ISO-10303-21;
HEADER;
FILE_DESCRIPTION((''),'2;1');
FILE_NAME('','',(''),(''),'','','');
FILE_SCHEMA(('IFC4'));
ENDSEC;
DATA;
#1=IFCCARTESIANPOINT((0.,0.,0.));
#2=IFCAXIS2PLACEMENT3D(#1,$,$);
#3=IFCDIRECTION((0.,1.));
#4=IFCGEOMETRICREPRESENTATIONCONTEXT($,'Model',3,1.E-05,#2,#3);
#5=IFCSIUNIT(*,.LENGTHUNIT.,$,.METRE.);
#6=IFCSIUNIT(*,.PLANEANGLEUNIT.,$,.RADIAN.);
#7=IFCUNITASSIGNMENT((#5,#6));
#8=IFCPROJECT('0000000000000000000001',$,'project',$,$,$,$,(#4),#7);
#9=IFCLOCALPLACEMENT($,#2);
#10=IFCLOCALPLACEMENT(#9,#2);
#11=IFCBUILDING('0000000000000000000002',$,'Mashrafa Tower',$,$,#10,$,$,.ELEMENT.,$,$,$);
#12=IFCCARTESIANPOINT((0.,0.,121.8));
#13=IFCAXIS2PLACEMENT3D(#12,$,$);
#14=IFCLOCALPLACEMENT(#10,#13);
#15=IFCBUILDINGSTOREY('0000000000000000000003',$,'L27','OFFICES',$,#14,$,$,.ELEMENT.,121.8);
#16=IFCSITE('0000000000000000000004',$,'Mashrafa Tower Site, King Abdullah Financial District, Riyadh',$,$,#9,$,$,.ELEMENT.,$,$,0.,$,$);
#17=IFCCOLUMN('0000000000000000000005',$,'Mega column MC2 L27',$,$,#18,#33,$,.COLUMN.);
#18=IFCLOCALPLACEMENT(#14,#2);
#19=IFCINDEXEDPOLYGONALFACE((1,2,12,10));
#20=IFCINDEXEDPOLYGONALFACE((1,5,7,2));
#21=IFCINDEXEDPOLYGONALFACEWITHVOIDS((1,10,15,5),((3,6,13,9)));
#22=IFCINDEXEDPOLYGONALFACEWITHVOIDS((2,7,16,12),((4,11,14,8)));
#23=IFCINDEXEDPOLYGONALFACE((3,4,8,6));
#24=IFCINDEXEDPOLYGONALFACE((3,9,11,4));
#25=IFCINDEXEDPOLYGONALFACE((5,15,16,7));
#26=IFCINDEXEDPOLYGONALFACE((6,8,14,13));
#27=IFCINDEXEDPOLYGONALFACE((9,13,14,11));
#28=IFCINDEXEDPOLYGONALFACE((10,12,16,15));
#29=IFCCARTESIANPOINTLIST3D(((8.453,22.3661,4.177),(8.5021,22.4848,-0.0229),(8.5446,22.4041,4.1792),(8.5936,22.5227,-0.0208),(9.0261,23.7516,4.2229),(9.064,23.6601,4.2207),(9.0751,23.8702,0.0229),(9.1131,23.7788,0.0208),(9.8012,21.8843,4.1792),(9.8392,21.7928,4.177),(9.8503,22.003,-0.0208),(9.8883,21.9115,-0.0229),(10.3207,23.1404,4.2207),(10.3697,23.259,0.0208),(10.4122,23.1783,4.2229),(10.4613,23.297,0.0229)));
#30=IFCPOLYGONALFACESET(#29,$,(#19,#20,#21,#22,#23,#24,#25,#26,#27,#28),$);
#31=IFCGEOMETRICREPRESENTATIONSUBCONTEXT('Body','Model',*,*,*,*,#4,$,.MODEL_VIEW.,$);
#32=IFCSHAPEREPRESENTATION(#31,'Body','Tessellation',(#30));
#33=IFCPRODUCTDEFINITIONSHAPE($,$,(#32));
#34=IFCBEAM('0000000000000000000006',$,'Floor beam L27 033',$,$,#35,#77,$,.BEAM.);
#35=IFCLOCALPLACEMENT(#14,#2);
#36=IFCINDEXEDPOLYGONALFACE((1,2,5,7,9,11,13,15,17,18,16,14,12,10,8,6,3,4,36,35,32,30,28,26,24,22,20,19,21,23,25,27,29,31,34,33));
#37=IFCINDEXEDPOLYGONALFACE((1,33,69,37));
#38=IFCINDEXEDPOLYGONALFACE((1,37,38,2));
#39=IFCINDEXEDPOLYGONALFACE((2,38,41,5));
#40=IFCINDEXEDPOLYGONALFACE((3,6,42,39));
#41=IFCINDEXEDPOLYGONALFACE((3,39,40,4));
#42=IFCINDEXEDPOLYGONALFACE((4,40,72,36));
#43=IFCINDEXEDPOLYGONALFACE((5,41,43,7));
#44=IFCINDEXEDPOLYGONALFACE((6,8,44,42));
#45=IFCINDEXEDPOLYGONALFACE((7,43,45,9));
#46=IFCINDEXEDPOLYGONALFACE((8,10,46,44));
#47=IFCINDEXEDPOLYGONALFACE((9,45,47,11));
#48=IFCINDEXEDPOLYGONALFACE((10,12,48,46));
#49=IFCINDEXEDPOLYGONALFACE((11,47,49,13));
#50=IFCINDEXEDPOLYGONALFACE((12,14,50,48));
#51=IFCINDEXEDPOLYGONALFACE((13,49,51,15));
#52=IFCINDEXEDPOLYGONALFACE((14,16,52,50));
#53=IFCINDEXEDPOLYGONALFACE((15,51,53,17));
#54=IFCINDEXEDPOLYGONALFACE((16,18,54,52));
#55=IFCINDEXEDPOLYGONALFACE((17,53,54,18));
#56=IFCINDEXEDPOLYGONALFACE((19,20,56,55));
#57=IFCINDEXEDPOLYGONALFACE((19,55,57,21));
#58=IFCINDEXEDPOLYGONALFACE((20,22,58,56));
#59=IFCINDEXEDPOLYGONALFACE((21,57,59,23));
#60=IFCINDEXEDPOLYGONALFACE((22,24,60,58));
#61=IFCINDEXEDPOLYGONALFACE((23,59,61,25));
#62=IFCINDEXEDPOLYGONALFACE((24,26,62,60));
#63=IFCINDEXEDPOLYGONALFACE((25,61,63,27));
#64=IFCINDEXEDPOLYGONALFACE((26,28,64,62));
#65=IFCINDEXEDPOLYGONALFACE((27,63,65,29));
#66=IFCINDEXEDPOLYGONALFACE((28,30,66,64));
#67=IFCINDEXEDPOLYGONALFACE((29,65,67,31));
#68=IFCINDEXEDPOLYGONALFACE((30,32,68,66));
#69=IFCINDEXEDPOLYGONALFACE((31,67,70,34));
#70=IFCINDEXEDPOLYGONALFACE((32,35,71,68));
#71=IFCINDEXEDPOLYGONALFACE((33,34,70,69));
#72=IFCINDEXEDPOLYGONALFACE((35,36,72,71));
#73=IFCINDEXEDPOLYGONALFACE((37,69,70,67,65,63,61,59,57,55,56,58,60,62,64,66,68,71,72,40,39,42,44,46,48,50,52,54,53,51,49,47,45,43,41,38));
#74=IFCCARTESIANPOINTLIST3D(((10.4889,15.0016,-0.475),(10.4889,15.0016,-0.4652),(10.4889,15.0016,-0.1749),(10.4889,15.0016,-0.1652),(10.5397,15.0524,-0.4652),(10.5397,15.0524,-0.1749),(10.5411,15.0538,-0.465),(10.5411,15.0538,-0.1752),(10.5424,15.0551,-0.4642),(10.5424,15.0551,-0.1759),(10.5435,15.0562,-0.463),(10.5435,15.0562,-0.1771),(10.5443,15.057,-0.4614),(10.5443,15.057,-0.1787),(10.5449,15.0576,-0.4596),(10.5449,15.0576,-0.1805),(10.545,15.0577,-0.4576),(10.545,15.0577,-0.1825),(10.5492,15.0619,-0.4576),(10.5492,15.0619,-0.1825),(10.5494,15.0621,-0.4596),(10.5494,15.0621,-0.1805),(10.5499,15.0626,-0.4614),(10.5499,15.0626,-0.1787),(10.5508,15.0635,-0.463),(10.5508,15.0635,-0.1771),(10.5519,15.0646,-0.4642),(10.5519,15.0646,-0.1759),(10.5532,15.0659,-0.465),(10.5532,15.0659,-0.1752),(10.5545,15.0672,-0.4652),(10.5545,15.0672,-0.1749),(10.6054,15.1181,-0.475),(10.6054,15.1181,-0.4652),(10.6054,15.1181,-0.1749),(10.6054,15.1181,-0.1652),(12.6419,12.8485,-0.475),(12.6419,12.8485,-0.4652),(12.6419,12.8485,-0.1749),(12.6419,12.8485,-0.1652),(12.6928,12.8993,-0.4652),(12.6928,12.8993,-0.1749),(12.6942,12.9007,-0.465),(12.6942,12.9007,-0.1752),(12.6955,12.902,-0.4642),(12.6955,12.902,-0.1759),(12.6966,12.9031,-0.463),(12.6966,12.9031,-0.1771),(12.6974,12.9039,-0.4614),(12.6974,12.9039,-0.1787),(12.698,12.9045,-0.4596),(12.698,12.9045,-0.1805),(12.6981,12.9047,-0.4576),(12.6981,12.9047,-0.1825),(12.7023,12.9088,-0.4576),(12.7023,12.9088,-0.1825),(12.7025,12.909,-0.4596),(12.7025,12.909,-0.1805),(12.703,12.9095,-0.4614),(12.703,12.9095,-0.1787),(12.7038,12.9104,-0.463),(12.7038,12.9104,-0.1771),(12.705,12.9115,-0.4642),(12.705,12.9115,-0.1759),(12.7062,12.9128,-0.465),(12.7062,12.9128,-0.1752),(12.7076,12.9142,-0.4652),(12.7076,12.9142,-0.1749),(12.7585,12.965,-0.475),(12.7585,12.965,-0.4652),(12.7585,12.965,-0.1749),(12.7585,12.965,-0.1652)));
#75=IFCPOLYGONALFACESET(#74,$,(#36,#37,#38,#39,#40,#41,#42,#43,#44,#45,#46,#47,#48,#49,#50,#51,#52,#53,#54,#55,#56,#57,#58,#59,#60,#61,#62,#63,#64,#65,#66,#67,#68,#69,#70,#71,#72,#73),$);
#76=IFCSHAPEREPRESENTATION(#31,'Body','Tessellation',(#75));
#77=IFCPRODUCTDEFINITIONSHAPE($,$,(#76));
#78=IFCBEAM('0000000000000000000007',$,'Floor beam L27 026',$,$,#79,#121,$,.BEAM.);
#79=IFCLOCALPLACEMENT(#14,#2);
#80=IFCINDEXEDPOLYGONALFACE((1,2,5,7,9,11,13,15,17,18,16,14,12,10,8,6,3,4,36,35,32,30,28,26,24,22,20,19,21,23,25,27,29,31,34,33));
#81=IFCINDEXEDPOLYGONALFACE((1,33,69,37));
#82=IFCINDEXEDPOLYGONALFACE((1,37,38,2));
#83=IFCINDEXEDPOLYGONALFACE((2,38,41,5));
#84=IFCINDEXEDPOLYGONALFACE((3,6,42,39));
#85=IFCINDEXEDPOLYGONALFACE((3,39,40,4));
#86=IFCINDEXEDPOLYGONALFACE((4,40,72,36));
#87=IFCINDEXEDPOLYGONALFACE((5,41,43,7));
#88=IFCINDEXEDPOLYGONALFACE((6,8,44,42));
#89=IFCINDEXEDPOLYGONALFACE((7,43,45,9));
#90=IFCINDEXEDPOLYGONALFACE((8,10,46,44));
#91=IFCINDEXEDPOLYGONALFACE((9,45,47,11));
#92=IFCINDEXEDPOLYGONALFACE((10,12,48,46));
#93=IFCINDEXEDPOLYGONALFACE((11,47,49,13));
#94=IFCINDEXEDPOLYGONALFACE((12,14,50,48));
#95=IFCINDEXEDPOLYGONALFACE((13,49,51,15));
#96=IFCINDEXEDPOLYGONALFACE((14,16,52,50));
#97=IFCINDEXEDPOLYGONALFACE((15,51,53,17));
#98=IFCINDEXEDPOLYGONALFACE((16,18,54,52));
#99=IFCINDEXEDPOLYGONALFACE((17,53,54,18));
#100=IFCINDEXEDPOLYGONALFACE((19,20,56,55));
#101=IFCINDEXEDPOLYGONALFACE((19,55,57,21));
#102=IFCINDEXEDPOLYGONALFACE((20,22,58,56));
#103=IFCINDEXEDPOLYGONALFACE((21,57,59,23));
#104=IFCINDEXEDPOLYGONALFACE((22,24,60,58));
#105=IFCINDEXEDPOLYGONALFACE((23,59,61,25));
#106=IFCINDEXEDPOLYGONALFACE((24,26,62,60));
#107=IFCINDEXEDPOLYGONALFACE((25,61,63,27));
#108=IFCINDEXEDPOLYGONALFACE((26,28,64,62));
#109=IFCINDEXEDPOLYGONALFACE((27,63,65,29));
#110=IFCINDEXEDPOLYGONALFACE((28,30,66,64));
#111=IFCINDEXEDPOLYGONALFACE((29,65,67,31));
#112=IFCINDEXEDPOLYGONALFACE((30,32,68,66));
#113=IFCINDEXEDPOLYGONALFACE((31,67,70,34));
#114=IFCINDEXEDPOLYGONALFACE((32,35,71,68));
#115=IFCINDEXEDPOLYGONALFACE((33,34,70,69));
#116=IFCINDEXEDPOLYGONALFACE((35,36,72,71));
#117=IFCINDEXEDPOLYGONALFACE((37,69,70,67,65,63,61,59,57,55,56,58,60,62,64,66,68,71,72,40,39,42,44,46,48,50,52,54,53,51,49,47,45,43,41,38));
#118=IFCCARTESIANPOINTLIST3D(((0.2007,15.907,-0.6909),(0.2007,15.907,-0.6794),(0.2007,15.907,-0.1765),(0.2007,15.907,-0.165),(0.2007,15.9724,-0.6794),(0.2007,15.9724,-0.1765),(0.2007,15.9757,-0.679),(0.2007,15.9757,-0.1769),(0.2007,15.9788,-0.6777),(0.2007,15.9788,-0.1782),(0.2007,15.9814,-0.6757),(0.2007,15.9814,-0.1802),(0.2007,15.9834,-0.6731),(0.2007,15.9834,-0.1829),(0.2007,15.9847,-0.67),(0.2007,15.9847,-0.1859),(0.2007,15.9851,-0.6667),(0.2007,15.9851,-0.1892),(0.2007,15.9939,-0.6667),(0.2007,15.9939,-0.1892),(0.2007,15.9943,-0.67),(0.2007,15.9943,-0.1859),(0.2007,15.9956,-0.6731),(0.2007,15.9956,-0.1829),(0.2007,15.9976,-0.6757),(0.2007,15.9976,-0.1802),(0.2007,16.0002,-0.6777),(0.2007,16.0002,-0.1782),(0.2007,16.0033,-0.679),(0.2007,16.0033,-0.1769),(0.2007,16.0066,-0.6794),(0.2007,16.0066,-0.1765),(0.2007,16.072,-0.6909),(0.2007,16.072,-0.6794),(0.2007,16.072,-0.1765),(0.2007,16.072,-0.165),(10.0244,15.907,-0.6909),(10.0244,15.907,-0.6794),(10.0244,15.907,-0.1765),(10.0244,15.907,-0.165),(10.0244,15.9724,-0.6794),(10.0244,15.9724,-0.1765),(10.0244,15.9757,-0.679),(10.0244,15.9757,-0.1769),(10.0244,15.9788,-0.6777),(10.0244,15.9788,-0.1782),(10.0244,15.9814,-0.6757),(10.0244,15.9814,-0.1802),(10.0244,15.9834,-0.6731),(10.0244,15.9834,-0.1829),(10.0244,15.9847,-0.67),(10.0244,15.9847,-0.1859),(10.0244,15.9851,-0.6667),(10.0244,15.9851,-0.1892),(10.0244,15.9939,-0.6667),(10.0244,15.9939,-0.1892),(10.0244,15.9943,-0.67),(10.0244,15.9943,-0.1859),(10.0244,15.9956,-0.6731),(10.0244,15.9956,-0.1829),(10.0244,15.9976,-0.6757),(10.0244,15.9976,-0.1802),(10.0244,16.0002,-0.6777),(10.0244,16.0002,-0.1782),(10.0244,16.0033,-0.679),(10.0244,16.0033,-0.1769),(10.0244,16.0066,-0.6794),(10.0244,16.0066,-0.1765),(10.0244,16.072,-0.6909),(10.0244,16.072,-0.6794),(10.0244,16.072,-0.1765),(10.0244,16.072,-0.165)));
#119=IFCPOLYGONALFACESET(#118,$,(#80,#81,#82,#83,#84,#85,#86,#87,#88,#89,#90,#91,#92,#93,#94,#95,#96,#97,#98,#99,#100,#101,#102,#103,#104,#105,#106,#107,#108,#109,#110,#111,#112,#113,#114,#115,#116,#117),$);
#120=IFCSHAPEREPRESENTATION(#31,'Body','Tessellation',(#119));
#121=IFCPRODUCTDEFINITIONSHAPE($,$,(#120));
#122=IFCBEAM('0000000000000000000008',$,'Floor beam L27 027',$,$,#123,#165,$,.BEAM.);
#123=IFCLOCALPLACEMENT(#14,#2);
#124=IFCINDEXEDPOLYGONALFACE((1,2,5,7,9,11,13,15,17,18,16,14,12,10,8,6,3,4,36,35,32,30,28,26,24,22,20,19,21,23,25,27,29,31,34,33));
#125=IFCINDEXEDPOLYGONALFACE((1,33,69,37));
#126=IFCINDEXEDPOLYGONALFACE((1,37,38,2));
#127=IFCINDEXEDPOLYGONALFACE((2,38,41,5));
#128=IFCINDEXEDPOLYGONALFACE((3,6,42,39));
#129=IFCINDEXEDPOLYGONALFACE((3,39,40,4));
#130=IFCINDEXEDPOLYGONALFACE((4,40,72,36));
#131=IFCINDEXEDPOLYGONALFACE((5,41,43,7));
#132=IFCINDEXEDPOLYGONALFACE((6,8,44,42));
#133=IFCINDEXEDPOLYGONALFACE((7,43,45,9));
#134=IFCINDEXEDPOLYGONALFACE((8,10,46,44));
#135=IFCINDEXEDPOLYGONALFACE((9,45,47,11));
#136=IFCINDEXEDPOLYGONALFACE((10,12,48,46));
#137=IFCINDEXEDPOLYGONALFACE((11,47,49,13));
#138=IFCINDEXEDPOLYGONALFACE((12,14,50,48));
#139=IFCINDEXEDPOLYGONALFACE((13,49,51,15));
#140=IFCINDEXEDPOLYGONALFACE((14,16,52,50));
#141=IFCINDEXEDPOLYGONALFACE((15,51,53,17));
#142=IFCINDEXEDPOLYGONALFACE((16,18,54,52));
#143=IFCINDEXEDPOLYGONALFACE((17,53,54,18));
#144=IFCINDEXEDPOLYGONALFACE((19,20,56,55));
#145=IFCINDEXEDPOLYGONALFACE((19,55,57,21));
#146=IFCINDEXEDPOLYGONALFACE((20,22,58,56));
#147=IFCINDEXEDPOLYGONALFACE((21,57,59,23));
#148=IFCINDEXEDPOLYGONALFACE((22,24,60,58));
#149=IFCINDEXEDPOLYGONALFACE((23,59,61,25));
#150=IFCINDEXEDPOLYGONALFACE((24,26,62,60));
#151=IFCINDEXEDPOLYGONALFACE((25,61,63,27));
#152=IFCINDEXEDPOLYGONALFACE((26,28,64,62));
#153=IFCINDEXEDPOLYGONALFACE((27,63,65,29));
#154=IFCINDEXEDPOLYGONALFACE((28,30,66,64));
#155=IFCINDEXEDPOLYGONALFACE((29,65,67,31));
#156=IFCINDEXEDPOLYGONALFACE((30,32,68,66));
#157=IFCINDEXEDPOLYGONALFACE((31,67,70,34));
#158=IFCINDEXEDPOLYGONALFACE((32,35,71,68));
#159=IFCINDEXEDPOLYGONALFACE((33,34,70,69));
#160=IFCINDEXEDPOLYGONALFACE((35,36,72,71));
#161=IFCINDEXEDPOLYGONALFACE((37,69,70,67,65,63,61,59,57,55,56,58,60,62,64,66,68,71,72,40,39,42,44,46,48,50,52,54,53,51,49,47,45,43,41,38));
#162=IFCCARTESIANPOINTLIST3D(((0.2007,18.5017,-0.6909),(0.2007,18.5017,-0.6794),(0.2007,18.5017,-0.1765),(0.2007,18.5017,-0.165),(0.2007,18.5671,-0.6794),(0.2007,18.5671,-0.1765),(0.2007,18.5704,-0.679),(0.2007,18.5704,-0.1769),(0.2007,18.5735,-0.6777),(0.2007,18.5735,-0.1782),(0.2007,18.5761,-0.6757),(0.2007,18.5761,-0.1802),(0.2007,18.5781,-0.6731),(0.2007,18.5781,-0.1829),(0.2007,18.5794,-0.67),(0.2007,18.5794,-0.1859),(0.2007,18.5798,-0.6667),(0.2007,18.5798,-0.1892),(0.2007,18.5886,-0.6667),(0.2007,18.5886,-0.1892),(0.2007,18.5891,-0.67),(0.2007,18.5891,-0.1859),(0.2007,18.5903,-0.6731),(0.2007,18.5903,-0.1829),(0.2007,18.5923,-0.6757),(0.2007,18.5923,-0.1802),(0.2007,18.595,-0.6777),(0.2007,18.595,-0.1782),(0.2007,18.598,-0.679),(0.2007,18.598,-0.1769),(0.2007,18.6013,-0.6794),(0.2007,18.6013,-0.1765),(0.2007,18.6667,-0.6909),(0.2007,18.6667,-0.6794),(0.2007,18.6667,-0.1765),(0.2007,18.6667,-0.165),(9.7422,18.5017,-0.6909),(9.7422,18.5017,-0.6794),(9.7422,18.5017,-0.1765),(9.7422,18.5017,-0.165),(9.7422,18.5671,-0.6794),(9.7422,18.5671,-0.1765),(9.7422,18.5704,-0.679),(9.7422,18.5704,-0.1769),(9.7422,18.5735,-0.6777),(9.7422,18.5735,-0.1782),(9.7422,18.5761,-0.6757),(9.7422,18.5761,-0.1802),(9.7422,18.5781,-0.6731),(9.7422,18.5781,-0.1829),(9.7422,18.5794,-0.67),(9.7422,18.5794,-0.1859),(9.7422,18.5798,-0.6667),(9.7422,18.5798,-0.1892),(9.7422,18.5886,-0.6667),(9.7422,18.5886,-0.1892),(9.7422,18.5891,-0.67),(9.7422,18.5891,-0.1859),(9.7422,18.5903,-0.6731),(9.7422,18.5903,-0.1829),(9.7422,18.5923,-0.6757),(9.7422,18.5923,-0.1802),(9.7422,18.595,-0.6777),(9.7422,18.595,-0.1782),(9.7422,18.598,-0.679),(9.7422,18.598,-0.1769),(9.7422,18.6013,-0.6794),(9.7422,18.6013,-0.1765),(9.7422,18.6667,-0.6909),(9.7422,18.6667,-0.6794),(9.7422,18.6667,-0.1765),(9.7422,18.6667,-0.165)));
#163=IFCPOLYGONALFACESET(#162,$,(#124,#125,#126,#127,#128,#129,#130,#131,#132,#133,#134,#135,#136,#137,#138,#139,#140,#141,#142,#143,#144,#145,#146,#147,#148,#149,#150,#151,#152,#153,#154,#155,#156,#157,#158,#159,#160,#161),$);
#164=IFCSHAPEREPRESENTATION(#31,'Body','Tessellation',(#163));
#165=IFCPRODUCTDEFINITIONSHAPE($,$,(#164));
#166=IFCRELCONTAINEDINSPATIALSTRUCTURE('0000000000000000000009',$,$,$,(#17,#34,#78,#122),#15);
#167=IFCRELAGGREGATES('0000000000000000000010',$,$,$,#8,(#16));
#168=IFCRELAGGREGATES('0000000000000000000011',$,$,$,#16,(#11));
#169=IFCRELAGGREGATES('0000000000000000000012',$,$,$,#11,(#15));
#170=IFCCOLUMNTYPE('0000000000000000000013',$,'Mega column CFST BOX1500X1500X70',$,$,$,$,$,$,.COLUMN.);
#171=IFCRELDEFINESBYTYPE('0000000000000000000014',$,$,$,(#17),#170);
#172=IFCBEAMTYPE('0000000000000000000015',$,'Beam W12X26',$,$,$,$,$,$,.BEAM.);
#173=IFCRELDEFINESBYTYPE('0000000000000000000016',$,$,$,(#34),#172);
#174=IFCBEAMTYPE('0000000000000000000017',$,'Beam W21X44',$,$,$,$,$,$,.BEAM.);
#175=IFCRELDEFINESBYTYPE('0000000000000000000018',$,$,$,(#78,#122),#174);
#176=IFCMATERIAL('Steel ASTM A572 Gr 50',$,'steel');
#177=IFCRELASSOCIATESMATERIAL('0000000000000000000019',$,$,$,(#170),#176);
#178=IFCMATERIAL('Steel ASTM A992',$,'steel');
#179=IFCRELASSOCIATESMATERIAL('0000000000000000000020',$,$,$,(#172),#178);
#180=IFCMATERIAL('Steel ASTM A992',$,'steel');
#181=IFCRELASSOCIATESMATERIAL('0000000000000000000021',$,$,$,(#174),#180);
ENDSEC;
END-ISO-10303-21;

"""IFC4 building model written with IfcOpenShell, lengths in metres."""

from ifc_helpers import new_model, si_unit, direction, frame, origin, origin_2d, place, context, subcontext, project, spatial, hollow_rectangle, i_section, extrude, material, material_profile, profile_set, type_object, element, save


model = new_model("IFC4")

# Units and contexts
model_context = context("Model", 3, precision=1e-05, world=origin(), true_north=direction((0.0, 1.0)))
body_context = subcontext(model_context, "Body", "Model", "MODEL_VIEW")
ifc_project = project(units=[si_unit("LENGTHUNIT", "METRE"), si_unit("PLANEANGLEUNIT", "RADIAN")], contexts=[model_context])

# Site, building, storey
site_placement = place(None, origin())
site = spatial("IfcSite", under=ifc_project, at=site_placement, Name="Mashrafa Tower Site, King Abdullah Financial District, Riyadh", CompositionType="ELEMENT", RefElevation=0.0)
building_placement = place(site_placement, origin())
building = spatial("IfcBuilding", under=site, at=building_placement, Name="Mashrafa Tower", CompositionType="ELEMENT")
storey_placement = place(building_placement, frame((0.0, 0.0, 121.8)))
storey = spatial("IfcBuildingStorey", under=building, at=storey_placement, Name="L27", Description="OFFICES", CompositionType="ELEMENT", Elevation=121.8)

# Column
ifc_material_1 = material(Name="Steel ASTM A572 Gr 50", Category="steel")
ifc_material_profile_1 = material_profile(ifc_material_1, hollow_rectangle(XDim=1.5, YDim=1.5, WallThickness=0.0701, at=origin_2d()), Name="BOX1500X1500X70")
ifc_profile_set_1 = profile_set([ifc_material_profile_1], Name="Steel ASTM A572 Gr 50")
column_type = type_object("IfcColumnType", Name="Mega column CFST BOX1500X1500X70", PredefinedType="COLUMN", material=ifc_profile_set_1)
column_placement = place(storey_placement, frame((9.4817, 22.8909, 0.0), z_axis=(-0.011679, -0.028238, 0.999533), x_axis=(0.924086, -0.382184, 0.0)))
element("IfcColumn", 1, at=column_placement, inside=storey, type_object=column_type, Name="Mega column MC2 L27", PredefinedType="COLUMN", context=body_context, shape_type="SweptSolid", body=[
    extrude(hollow_rectangle(XDim=1.5, YDim=1.5, WallThickness=0.0701, at=origin_2d()), origin(), (0.0, 0.0, 1.0), 4.2019),
])

# Beams
ifc_material_2 = material(Name="Steel ASTM A992", Category="steel")
ifc_material_profile_2 = material_profile(ifc_material_2, i_section(OverallWidth=0.1648, OverallDepth=0.3098, WebThickness=0.0059, FlangeThickness=0.0098, FilletRadius=0.0076, at=origin_2d()), Name="W12X26")
ifc_profile_set_2 = profile_set([ifc_material_profile_2], Name="Steel ASTM A992")
beam_type_1 = type_object("IfcBeamType", Name="Beam W12X26", PredefinedType="BEAM", material=ifc_profile_set_2)
beam_1_placement = place(storey_placement, frame((10.5471, 15.0598, -0.3201), z_axis=(0.707107, -0.707107, 0.0), x_axis=(0.707107, 0.707107, 0.0)))
element("IfcBeam", 2, at=beam_1_placement, inside=storey, type_object=beam_type_1, Name="Floor beam L27 033", PredefinedType="BEAM", context=body_context, shape_type="SweptSolid", body=[
    extrude(i_section(OverallWidth=0.1648, OverallDepth=0.3098, WebThickness=0.0059, FlangeThickness=0.0098, FilletRadius=0.0076, at=origin_2d()), origin(), (0.0, 0.0, 1.0), 3.0449),
])
ifc_material_3 = material(Name="Steel ASTM A992", Category="steel")
ifc_material_profile_3 = material_profile(ifc_material_3, i_section(OverallWidth=0.165, OverallDepth=0.5259, WebThickness=0.0088, FlangeThickness=0.0115, FilletRadius=0.0127, at=origin_2d()), Name="W21X44")
ifc_profile_set_3 = profile_set([ifc_material_profile_3], Name="Steel ASTM A992")
beam_type_2 = type_object("IfcBeamType", Name="Beam W21X44", PredefinedType="BEAM", material=ifc_profile_set_3)
beam_2_placement = place(storey_placement, frame((0.2007, 15.9895, -0.428), z_axis=(1.0, 0.0, 0.0), x_axis=(0.0, 1.0, 0.0)))
element("IfcBeam", 3, at=beam_2_placement, inside=storey, type_object=beam_type_2, Name="Floor beam L27 026", PredefinedType="BEAM", context=body_context, shape_type="SweptSolid", body=[
    extrude(i_section(OverallWidth=0.165, OverallDepth=0.5259, WebThickness=0.0088, FlangeThickness=0.0115, FilletRadius=0.0127, at=origin_2d()), origin(), (0.0, 0.0, 1.0), 9.8237),
])
beam_3_placement = place(storey_placement, frame((0.2007, 18.5842, -0.428), z_axis=(1.0, 0.0, 0.0), x_axis=(0.0, 1.0, 0.0)))
element("IfcBeam", 4, at=beam_3_placement, inside=storey, type_object=beam_type_2, Name="Floor beam L27 027", PredefinedType="BEAM", context=body_context, shape_type="SweptSolid", body=[
    extrude(i_section(OverallWidth=0.165, OverallDepth=0.5259, WebThickness=0.0088, FlangeThickness=0.0115, FilletRadius=0.0127, at=origin_2d()), origin(), (0.0, 0.0, 1.0), 9.5415),
])

save(model, "model.ifc")
